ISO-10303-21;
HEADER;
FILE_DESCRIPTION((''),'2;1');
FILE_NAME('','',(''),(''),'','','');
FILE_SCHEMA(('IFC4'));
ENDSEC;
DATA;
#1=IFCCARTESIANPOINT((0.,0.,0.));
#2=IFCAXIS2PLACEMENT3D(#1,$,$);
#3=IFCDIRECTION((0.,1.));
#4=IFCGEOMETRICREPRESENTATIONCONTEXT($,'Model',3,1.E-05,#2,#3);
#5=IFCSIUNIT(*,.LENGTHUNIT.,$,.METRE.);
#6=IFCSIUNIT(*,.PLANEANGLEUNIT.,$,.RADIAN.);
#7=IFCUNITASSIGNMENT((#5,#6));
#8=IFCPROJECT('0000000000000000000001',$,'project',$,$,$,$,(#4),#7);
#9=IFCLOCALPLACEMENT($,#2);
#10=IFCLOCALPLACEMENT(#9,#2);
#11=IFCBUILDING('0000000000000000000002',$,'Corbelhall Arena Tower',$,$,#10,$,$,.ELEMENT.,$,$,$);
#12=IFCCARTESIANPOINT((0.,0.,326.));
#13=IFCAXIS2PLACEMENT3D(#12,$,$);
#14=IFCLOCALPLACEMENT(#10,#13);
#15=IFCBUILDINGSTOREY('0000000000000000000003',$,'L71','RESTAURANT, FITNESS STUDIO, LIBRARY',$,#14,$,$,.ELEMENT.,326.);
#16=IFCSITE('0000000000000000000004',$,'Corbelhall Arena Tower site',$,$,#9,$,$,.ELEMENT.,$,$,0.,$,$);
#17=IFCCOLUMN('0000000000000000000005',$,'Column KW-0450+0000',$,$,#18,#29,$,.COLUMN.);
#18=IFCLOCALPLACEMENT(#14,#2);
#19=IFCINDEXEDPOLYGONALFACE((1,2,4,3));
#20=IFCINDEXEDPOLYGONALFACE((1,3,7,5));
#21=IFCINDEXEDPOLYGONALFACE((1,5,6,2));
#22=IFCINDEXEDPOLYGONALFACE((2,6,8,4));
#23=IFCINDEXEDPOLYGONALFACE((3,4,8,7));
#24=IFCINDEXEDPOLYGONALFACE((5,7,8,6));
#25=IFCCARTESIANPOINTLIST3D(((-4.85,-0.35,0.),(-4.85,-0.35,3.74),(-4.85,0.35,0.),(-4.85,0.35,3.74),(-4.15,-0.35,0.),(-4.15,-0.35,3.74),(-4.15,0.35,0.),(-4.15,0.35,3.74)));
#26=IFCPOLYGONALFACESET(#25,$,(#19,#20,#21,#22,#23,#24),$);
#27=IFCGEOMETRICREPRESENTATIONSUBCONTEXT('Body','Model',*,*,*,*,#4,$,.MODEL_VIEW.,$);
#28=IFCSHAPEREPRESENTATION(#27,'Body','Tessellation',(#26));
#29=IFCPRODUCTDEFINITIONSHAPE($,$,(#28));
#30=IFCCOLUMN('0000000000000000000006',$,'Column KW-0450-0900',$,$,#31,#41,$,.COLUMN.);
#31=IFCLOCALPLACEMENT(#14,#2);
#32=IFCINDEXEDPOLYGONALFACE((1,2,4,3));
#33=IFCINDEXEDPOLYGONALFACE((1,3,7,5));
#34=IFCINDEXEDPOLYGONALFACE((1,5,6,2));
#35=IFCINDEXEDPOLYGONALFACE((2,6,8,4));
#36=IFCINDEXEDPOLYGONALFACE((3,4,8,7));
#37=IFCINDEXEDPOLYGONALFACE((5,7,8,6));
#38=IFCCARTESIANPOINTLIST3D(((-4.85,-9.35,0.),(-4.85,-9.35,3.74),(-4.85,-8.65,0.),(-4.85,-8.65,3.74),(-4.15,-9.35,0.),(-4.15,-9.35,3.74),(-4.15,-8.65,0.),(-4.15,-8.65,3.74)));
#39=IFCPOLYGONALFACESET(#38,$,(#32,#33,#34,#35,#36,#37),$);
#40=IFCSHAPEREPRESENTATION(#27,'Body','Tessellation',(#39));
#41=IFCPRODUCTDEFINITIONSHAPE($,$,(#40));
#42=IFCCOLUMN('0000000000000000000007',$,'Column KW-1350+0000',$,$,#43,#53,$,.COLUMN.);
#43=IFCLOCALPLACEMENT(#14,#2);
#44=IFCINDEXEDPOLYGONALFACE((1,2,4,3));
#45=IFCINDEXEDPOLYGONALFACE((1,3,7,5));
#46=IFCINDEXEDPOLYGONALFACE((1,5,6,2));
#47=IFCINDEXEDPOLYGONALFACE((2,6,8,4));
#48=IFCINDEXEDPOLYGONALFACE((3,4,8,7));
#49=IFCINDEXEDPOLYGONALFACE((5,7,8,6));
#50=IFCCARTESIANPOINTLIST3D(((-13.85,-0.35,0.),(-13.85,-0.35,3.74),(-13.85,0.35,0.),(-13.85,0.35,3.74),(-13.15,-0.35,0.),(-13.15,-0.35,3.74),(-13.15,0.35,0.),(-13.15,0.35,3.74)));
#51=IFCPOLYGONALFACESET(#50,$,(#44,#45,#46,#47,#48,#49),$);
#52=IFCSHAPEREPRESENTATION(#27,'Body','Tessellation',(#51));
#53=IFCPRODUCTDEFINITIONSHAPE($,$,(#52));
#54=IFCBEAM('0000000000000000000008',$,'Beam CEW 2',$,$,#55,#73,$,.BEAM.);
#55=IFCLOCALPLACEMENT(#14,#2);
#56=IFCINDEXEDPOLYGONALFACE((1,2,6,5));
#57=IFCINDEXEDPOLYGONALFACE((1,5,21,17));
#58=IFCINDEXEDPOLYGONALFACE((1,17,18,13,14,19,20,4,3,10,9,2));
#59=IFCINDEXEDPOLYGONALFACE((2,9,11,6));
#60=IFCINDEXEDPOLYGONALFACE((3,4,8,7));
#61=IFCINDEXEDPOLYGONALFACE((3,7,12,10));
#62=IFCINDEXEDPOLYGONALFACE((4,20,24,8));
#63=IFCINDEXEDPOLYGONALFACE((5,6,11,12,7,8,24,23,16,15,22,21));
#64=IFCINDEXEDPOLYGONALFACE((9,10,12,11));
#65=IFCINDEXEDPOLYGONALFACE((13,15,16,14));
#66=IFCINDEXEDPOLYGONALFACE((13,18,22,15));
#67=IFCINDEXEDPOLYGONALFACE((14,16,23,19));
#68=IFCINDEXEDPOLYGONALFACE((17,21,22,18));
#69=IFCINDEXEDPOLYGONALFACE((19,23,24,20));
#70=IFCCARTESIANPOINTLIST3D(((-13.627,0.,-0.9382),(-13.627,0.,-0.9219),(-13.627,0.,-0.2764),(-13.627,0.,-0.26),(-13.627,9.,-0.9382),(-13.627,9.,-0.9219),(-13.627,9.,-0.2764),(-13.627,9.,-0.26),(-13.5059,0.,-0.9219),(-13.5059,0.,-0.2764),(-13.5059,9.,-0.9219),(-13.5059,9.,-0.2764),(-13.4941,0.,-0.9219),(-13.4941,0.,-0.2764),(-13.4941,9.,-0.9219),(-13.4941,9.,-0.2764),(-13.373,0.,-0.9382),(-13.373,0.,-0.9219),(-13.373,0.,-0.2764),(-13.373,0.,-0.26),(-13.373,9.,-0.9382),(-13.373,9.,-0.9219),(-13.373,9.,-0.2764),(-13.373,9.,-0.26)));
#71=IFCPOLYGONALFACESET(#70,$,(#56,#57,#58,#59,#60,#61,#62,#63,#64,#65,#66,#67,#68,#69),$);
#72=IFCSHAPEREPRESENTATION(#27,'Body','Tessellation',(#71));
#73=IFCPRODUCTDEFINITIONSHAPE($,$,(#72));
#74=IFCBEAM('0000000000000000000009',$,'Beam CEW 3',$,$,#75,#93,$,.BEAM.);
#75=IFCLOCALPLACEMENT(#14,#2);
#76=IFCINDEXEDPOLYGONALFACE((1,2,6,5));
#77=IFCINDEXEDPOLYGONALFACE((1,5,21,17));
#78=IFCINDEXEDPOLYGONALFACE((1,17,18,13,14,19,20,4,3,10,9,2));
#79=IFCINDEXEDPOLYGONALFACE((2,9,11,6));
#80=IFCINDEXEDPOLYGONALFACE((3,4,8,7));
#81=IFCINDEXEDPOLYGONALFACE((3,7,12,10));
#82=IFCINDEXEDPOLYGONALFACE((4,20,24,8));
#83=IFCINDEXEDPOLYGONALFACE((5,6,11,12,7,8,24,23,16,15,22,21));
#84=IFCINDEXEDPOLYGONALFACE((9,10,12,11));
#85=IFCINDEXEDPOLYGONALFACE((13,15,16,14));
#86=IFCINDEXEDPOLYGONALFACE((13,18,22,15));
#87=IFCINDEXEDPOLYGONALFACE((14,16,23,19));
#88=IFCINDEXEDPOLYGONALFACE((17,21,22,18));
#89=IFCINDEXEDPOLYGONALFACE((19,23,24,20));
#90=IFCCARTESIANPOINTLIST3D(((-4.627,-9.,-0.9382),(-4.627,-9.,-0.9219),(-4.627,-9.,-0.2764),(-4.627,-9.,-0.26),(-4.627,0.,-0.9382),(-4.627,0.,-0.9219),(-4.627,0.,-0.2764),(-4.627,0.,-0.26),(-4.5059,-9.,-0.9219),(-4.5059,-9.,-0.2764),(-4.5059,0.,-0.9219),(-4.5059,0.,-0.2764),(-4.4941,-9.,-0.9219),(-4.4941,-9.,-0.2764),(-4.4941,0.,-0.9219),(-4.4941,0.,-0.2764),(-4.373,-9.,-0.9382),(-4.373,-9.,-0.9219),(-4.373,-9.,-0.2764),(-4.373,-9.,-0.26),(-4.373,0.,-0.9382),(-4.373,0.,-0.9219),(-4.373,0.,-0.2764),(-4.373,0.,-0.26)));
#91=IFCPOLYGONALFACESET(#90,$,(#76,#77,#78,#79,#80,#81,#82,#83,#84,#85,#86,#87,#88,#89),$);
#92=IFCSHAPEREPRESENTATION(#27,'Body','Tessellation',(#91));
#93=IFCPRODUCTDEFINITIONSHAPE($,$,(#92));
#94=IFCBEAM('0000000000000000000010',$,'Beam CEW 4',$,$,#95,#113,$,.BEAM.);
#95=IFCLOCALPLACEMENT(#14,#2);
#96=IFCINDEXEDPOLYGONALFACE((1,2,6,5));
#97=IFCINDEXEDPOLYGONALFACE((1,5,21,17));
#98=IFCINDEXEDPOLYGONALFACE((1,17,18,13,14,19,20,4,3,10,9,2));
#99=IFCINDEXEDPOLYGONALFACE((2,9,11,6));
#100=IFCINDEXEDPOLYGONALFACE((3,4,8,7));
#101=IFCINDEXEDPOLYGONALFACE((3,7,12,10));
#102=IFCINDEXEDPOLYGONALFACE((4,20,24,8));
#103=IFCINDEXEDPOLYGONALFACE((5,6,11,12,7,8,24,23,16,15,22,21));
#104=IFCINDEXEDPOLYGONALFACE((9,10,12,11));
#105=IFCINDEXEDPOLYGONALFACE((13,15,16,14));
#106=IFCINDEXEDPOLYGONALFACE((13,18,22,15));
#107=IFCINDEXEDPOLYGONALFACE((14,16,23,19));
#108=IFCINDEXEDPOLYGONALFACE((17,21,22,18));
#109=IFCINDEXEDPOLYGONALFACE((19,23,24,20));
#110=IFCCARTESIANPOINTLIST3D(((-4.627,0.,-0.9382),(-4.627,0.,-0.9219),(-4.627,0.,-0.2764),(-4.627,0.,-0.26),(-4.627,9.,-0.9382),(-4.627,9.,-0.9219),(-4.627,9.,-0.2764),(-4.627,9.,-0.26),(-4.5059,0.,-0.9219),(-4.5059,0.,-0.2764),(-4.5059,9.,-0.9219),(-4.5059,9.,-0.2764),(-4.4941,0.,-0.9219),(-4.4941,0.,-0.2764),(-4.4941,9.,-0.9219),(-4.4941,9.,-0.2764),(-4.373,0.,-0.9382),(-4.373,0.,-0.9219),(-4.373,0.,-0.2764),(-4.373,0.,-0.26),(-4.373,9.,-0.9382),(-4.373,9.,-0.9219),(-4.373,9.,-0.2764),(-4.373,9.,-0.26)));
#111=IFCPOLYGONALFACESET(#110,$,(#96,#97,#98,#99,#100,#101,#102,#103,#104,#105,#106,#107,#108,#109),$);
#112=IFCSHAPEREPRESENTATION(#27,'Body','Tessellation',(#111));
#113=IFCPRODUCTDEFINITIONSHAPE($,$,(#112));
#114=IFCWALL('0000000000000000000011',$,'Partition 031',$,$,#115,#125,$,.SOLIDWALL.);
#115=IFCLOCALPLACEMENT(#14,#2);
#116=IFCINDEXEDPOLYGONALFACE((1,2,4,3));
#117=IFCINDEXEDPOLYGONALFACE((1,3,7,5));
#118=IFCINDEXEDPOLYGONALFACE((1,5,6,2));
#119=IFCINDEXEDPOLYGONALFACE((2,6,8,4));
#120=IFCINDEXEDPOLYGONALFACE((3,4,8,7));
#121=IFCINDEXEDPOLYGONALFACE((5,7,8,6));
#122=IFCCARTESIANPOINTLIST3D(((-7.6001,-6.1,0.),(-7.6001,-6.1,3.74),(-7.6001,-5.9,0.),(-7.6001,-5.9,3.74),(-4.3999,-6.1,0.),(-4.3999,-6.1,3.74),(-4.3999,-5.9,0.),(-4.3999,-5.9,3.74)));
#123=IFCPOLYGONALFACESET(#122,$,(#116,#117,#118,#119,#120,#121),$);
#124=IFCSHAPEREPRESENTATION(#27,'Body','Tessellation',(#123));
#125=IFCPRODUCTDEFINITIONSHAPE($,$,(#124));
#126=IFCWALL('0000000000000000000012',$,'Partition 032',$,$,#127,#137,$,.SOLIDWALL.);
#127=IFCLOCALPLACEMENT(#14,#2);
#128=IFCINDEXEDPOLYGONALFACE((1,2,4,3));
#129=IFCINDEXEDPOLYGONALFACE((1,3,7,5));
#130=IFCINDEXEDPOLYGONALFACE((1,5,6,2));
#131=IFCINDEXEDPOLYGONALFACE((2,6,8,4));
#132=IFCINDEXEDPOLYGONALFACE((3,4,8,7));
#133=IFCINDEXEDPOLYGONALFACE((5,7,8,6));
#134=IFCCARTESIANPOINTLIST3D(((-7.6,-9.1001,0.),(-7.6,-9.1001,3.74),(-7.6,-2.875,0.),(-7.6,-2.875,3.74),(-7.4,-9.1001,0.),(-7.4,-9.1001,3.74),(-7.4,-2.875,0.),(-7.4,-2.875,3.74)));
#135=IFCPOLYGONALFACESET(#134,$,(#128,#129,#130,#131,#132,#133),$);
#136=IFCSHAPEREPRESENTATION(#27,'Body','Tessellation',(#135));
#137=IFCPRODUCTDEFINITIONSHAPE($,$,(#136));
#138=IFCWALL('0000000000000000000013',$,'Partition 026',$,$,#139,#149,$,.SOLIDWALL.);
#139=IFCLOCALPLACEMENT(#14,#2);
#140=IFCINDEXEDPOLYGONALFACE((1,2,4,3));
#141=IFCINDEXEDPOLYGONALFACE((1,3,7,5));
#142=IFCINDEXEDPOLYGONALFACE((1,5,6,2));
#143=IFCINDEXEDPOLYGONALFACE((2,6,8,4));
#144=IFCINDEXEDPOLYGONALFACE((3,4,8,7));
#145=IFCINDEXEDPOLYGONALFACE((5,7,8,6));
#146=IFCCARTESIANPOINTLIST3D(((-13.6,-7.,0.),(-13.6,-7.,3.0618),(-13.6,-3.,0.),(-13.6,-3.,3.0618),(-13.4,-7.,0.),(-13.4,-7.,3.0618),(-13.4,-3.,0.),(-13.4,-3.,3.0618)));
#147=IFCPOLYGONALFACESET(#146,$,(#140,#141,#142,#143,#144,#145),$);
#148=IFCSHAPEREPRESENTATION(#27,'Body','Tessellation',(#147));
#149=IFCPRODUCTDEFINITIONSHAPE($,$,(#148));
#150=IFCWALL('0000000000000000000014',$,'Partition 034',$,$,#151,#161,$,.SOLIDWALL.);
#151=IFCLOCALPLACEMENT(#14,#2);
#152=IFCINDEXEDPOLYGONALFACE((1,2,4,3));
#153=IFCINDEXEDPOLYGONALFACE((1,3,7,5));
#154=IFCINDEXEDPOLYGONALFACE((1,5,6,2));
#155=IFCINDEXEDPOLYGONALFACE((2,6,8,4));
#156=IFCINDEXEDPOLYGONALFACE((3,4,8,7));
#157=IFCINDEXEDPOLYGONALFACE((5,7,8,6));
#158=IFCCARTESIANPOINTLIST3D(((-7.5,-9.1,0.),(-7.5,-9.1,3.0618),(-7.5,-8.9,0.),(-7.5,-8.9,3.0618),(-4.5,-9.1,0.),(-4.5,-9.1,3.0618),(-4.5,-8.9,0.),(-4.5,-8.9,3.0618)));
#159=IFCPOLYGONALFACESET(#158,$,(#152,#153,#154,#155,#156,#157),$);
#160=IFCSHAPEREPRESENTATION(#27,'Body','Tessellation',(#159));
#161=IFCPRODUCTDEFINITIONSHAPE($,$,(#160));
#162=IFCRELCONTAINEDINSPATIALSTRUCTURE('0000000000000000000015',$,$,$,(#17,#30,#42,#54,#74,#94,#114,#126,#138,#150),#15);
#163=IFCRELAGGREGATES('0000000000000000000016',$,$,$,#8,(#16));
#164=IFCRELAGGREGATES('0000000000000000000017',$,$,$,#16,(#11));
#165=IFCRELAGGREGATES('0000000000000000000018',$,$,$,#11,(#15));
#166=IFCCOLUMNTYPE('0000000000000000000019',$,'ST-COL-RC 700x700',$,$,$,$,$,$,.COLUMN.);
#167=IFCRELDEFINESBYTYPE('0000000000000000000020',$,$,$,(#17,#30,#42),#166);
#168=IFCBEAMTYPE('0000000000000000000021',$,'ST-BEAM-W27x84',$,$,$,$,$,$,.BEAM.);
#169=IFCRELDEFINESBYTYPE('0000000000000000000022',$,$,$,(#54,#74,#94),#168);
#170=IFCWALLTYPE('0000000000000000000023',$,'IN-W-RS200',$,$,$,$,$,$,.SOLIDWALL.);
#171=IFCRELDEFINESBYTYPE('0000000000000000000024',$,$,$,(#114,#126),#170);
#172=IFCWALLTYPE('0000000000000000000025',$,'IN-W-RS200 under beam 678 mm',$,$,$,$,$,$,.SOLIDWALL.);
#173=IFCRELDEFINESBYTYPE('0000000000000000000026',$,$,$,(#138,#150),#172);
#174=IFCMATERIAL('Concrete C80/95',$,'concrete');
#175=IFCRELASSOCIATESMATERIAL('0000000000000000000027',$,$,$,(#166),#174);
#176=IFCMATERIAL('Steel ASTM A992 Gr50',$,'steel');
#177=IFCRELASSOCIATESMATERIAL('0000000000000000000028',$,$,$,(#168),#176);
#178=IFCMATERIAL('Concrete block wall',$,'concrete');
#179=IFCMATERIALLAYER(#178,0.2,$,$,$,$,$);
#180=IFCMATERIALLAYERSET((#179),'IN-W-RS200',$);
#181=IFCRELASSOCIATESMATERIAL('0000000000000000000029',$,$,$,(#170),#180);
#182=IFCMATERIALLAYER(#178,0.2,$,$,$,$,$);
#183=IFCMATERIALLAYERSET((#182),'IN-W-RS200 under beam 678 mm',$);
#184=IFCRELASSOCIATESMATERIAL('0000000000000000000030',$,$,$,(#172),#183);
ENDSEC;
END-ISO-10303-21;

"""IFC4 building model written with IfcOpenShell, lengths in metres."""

from ifc_helpers import new_model, si_unit, direction, frame, frame_2d, origin, origin_2d, place, context, subcontext, project, spatial, rectangle, i_section, extrude, material, layer, layer_set, material_profile, profile_set, type_object, element, save


model = new_model("IFC4")

# Units and contexts
model_context = context("Model", 3, precision=1e-05, world=origin(), true_north=direction((0.0, 1.0)))
body_context = subcontext(model_context, "Body", "Model", "MODEL_VIEW")
ifc_project = project(units=[si_unit("LENGTHUNIT", "METRE"), si_unit("PLANEANGLEUNIT", "RADIAN")], contexts=[model_context])

# Site, building, storey
site_placement = place(None, origin())
site = spatial("IfcSite", under=ifc_project, at=site_placement, Name="Corbelhall Arena Tower site", CompositionType="ELEMENT", RefElevation=0.0)
building_placement = place(site_placement, origin())
building = spatial("IfcBuilding", under=site, at=building_placement, Name="Corbelhall Arena Tower", CompositionType="ELEMENT")
storey_placement = place(building_placement, frame((0.0, 0.0, 326.0)))
storey = spatial("IfcBuildingStorey", under=building, at=storey_placement, Name="L71", Description="RESTAURANT, FITNESS STUDIO, LIBRARY", CompositionType="ELEMENT", Elevation=326.0)

# Columns
ifc_material_1 = material(Name="Concrete C80/95", Category="concrete")
ifc_material_profile_1 = material_profile(ifc_material_1, rectangle(XDim=0.7, YDim=0.7, at=origin_2d()))
ifc_profile_set_1 = profile_set([ifc_material_profile_1], Name="Concrete C80/95")
column_type = type_object("IfcColumnType", Name="ST-COL-RC 700x700", PredefinedType="COLUMN", material=ifc_profile_set_1)
for number, where, z_axis, x_axis, name in (
    (1, (-4.5, 0.0, 0.0), (0.0, 0.0, 1.0), (1.0, 0.0, 0.0), "Column KW-0450+0000"),
    (2, (-4.5, -9.0, 0.0), (0.0, 0.0, 1.0), (1.0, 0.0, 0.0), "Column KW-0450-0900"),
    (3, (-13.5, 0.0, 0.0), (0.0, 0.0, 1.0), (1.0, 0.0, 0.0), "Column KW-1350+0000"),
):
    element("IfcColumn", number, at=place(storey_placement, frame(where, z_axis=z_axis, x_axis=x_axis)), inside=storey, type_object=column_type, Name=name, PredefinedType="COLUMN", context=body_context, shape_type="SweptSolid", body=[
        extrude(rectangle(XDim=0.7, YDim=0.7, at=origin_2d()), origin(), (0.0, 0.0, 1.0), 3.74),
    ])

# Beams
ifc_material_2 = material(Name="Steel ASTM A992 Gr50", Category="steel")
ifc_material_profile_2 = material_profile(ifc_material_2, i_section(OverallWidth=0.2539, OverallDepth=0.6782, WebThickness=0.0117, FlangeThickness=0.0164, at=origin_2d()))
ifc_profile_set_2 = profile_set([ifc_material_profile_2], Name="Steel ASTM A992 Gr50")
beam_type = type_object("IfcBeamType", Name="ST-BEAM-W27x84", PredefinedType="BEAM", material=ifc_profile_set_2)
for number, where, z_axis, x_axis, name in (
    (4, (-13.5, 0.0, -0.5991), (0.0, 1.0, 0.0), (-1.0, 0.0, 0.0), "Beam CEW 2"),
    (5, (-4.5, -9.0, -0.5991), (0.0, 1.0, 0.0), (-1.0, 0.0, 0.0), "Beam CEW 3"),
    (6, (-4.5, 0.0, -0.5991), (0.0, 1.0, 0.0), (-1.0, 0.0, 0.0), "Beam CEW 4"),
):
    element("IfcBeam", number, at=place(storey_placement, frame(where, z_axis=z_axis, x_axis=x_axis)), inside=storey, type_object=beam_type, Name=name, PredefinedType="BEAM", context=body_context, shape_type="SweptSolid", body=[
        extrude(i_section(OverallWidth=0.2539, OverallDepth=0.6782, WebThickness=0.0117, FlangeThickness=0.0164, at=origin_2d()), origin(), (0.0, 0.0, 1.0), 9.0),
    ])

# Shared definitions
ifc_material_3 = material(Name="Concrete block wall", Category="concrete")
ifc_layer_1 = layer(ifc_material_3, 0.2)
ifc_layer_set_1 = layer_set([ifc_layer_1], Name="IN-W-RS200")
wall_type_1 = type_object("IfcWallType", Name="IN-W-RS200", PredefinedType="SOLIDWALL", material=ifc_layer_set_1)

# Walls
wall_1_placement = place(storey_placement, frame((-7.6001, -6.0, 0.0), z_axis=(0.0, 0.0, 1.0), x_axis=(1.0, 0.0, 0.0)))
element("IfcWall", 7, at=wall_1_placement, inside=storey, type_object=wall_type_1, Name="Partition 031", PredefinedType="SOLIDWALL", context=body_context, shape_type="SweptSolid", body=[
    extrude(rectangle(XDim=3.2002, YDim=0.2, at=frame_2d((1.6001, 0.0))), origin(), (0.0, 0.0, 1.0), 3.74),
])
wall_2_placement = place(storey_placement, frame((-7.5, -9.1001, 0.0), z_axis=(0.0, 0.0, 1.0), x_axis=(0.0, 1.0, 0.0)))
element("IfcWall", 8, at=wall_2_placement, inside=storey, type_object=wall_type_1, Name="Partition 032", PredefinedType="SOLIDWALL", context=body_context, shape_type="SweptSolid", body=[
    extrude(rectangle(XDim=6.2251, YDim=0.2, at=frame_2d((3.1125, 0.0))), origin(), (0.0, 0.0, 1.0), 3.74),
])
ifc_layer_2 = layer(ifc_material_3, 0.2)
ifc_layer_set_2 = layer_set([ifc_layer_2], Name="IN-W-RS200 under beam 678 mm")
wall_type_2 = type_object("IfcWallType", Name="IN-W-RS200 under beam 678 mm", PredefinedType="SOLIDWALL", material=ifc_layer_set_2)
wall_3_placement = place(storey_placement, frame((-13.5, -7.0, 0.0), z_axis=(0.0, 0.0, 1.0), x_axis=(0.0, 1.0, 0.0)))
element("IfcWall", 9, at=wall_3_placement, inside=storey, type_object=wall_type_2, Name="Partition 026", PredefinedType="SOLIDWALL", context=body_context, shape_type="SweptSolid", body=[
    extrude(rectangle(XDim=4.0, YDim=0.2, at=frame_2d((2.0, 0.0))), origin(), (0.0, 0.0, 1.0), 3.0618),
])
wall_4_placement = place(storey_placement, frame((-4.5, -9.0, 0.0), z_axis=(0.0, 0.0, 1.0), x_axis=(-1.0, 0.0, 0.0)))
element("IfcWall", 10, at=wall_4_placement, inside=storey, type_object=wall_type_2, Name="Partition 034", PredefinedType="SOLIDWALL", context=body_context, shape_type="SweptSolid", body=[
    extrude(rectangle(XDim=3.0, YDim=0.2, at=frame_2d((1.5, 0.0))), origin(), (0.0, 0.0, 1.0), 3.0618),
])

save(model, "model.ifc")
